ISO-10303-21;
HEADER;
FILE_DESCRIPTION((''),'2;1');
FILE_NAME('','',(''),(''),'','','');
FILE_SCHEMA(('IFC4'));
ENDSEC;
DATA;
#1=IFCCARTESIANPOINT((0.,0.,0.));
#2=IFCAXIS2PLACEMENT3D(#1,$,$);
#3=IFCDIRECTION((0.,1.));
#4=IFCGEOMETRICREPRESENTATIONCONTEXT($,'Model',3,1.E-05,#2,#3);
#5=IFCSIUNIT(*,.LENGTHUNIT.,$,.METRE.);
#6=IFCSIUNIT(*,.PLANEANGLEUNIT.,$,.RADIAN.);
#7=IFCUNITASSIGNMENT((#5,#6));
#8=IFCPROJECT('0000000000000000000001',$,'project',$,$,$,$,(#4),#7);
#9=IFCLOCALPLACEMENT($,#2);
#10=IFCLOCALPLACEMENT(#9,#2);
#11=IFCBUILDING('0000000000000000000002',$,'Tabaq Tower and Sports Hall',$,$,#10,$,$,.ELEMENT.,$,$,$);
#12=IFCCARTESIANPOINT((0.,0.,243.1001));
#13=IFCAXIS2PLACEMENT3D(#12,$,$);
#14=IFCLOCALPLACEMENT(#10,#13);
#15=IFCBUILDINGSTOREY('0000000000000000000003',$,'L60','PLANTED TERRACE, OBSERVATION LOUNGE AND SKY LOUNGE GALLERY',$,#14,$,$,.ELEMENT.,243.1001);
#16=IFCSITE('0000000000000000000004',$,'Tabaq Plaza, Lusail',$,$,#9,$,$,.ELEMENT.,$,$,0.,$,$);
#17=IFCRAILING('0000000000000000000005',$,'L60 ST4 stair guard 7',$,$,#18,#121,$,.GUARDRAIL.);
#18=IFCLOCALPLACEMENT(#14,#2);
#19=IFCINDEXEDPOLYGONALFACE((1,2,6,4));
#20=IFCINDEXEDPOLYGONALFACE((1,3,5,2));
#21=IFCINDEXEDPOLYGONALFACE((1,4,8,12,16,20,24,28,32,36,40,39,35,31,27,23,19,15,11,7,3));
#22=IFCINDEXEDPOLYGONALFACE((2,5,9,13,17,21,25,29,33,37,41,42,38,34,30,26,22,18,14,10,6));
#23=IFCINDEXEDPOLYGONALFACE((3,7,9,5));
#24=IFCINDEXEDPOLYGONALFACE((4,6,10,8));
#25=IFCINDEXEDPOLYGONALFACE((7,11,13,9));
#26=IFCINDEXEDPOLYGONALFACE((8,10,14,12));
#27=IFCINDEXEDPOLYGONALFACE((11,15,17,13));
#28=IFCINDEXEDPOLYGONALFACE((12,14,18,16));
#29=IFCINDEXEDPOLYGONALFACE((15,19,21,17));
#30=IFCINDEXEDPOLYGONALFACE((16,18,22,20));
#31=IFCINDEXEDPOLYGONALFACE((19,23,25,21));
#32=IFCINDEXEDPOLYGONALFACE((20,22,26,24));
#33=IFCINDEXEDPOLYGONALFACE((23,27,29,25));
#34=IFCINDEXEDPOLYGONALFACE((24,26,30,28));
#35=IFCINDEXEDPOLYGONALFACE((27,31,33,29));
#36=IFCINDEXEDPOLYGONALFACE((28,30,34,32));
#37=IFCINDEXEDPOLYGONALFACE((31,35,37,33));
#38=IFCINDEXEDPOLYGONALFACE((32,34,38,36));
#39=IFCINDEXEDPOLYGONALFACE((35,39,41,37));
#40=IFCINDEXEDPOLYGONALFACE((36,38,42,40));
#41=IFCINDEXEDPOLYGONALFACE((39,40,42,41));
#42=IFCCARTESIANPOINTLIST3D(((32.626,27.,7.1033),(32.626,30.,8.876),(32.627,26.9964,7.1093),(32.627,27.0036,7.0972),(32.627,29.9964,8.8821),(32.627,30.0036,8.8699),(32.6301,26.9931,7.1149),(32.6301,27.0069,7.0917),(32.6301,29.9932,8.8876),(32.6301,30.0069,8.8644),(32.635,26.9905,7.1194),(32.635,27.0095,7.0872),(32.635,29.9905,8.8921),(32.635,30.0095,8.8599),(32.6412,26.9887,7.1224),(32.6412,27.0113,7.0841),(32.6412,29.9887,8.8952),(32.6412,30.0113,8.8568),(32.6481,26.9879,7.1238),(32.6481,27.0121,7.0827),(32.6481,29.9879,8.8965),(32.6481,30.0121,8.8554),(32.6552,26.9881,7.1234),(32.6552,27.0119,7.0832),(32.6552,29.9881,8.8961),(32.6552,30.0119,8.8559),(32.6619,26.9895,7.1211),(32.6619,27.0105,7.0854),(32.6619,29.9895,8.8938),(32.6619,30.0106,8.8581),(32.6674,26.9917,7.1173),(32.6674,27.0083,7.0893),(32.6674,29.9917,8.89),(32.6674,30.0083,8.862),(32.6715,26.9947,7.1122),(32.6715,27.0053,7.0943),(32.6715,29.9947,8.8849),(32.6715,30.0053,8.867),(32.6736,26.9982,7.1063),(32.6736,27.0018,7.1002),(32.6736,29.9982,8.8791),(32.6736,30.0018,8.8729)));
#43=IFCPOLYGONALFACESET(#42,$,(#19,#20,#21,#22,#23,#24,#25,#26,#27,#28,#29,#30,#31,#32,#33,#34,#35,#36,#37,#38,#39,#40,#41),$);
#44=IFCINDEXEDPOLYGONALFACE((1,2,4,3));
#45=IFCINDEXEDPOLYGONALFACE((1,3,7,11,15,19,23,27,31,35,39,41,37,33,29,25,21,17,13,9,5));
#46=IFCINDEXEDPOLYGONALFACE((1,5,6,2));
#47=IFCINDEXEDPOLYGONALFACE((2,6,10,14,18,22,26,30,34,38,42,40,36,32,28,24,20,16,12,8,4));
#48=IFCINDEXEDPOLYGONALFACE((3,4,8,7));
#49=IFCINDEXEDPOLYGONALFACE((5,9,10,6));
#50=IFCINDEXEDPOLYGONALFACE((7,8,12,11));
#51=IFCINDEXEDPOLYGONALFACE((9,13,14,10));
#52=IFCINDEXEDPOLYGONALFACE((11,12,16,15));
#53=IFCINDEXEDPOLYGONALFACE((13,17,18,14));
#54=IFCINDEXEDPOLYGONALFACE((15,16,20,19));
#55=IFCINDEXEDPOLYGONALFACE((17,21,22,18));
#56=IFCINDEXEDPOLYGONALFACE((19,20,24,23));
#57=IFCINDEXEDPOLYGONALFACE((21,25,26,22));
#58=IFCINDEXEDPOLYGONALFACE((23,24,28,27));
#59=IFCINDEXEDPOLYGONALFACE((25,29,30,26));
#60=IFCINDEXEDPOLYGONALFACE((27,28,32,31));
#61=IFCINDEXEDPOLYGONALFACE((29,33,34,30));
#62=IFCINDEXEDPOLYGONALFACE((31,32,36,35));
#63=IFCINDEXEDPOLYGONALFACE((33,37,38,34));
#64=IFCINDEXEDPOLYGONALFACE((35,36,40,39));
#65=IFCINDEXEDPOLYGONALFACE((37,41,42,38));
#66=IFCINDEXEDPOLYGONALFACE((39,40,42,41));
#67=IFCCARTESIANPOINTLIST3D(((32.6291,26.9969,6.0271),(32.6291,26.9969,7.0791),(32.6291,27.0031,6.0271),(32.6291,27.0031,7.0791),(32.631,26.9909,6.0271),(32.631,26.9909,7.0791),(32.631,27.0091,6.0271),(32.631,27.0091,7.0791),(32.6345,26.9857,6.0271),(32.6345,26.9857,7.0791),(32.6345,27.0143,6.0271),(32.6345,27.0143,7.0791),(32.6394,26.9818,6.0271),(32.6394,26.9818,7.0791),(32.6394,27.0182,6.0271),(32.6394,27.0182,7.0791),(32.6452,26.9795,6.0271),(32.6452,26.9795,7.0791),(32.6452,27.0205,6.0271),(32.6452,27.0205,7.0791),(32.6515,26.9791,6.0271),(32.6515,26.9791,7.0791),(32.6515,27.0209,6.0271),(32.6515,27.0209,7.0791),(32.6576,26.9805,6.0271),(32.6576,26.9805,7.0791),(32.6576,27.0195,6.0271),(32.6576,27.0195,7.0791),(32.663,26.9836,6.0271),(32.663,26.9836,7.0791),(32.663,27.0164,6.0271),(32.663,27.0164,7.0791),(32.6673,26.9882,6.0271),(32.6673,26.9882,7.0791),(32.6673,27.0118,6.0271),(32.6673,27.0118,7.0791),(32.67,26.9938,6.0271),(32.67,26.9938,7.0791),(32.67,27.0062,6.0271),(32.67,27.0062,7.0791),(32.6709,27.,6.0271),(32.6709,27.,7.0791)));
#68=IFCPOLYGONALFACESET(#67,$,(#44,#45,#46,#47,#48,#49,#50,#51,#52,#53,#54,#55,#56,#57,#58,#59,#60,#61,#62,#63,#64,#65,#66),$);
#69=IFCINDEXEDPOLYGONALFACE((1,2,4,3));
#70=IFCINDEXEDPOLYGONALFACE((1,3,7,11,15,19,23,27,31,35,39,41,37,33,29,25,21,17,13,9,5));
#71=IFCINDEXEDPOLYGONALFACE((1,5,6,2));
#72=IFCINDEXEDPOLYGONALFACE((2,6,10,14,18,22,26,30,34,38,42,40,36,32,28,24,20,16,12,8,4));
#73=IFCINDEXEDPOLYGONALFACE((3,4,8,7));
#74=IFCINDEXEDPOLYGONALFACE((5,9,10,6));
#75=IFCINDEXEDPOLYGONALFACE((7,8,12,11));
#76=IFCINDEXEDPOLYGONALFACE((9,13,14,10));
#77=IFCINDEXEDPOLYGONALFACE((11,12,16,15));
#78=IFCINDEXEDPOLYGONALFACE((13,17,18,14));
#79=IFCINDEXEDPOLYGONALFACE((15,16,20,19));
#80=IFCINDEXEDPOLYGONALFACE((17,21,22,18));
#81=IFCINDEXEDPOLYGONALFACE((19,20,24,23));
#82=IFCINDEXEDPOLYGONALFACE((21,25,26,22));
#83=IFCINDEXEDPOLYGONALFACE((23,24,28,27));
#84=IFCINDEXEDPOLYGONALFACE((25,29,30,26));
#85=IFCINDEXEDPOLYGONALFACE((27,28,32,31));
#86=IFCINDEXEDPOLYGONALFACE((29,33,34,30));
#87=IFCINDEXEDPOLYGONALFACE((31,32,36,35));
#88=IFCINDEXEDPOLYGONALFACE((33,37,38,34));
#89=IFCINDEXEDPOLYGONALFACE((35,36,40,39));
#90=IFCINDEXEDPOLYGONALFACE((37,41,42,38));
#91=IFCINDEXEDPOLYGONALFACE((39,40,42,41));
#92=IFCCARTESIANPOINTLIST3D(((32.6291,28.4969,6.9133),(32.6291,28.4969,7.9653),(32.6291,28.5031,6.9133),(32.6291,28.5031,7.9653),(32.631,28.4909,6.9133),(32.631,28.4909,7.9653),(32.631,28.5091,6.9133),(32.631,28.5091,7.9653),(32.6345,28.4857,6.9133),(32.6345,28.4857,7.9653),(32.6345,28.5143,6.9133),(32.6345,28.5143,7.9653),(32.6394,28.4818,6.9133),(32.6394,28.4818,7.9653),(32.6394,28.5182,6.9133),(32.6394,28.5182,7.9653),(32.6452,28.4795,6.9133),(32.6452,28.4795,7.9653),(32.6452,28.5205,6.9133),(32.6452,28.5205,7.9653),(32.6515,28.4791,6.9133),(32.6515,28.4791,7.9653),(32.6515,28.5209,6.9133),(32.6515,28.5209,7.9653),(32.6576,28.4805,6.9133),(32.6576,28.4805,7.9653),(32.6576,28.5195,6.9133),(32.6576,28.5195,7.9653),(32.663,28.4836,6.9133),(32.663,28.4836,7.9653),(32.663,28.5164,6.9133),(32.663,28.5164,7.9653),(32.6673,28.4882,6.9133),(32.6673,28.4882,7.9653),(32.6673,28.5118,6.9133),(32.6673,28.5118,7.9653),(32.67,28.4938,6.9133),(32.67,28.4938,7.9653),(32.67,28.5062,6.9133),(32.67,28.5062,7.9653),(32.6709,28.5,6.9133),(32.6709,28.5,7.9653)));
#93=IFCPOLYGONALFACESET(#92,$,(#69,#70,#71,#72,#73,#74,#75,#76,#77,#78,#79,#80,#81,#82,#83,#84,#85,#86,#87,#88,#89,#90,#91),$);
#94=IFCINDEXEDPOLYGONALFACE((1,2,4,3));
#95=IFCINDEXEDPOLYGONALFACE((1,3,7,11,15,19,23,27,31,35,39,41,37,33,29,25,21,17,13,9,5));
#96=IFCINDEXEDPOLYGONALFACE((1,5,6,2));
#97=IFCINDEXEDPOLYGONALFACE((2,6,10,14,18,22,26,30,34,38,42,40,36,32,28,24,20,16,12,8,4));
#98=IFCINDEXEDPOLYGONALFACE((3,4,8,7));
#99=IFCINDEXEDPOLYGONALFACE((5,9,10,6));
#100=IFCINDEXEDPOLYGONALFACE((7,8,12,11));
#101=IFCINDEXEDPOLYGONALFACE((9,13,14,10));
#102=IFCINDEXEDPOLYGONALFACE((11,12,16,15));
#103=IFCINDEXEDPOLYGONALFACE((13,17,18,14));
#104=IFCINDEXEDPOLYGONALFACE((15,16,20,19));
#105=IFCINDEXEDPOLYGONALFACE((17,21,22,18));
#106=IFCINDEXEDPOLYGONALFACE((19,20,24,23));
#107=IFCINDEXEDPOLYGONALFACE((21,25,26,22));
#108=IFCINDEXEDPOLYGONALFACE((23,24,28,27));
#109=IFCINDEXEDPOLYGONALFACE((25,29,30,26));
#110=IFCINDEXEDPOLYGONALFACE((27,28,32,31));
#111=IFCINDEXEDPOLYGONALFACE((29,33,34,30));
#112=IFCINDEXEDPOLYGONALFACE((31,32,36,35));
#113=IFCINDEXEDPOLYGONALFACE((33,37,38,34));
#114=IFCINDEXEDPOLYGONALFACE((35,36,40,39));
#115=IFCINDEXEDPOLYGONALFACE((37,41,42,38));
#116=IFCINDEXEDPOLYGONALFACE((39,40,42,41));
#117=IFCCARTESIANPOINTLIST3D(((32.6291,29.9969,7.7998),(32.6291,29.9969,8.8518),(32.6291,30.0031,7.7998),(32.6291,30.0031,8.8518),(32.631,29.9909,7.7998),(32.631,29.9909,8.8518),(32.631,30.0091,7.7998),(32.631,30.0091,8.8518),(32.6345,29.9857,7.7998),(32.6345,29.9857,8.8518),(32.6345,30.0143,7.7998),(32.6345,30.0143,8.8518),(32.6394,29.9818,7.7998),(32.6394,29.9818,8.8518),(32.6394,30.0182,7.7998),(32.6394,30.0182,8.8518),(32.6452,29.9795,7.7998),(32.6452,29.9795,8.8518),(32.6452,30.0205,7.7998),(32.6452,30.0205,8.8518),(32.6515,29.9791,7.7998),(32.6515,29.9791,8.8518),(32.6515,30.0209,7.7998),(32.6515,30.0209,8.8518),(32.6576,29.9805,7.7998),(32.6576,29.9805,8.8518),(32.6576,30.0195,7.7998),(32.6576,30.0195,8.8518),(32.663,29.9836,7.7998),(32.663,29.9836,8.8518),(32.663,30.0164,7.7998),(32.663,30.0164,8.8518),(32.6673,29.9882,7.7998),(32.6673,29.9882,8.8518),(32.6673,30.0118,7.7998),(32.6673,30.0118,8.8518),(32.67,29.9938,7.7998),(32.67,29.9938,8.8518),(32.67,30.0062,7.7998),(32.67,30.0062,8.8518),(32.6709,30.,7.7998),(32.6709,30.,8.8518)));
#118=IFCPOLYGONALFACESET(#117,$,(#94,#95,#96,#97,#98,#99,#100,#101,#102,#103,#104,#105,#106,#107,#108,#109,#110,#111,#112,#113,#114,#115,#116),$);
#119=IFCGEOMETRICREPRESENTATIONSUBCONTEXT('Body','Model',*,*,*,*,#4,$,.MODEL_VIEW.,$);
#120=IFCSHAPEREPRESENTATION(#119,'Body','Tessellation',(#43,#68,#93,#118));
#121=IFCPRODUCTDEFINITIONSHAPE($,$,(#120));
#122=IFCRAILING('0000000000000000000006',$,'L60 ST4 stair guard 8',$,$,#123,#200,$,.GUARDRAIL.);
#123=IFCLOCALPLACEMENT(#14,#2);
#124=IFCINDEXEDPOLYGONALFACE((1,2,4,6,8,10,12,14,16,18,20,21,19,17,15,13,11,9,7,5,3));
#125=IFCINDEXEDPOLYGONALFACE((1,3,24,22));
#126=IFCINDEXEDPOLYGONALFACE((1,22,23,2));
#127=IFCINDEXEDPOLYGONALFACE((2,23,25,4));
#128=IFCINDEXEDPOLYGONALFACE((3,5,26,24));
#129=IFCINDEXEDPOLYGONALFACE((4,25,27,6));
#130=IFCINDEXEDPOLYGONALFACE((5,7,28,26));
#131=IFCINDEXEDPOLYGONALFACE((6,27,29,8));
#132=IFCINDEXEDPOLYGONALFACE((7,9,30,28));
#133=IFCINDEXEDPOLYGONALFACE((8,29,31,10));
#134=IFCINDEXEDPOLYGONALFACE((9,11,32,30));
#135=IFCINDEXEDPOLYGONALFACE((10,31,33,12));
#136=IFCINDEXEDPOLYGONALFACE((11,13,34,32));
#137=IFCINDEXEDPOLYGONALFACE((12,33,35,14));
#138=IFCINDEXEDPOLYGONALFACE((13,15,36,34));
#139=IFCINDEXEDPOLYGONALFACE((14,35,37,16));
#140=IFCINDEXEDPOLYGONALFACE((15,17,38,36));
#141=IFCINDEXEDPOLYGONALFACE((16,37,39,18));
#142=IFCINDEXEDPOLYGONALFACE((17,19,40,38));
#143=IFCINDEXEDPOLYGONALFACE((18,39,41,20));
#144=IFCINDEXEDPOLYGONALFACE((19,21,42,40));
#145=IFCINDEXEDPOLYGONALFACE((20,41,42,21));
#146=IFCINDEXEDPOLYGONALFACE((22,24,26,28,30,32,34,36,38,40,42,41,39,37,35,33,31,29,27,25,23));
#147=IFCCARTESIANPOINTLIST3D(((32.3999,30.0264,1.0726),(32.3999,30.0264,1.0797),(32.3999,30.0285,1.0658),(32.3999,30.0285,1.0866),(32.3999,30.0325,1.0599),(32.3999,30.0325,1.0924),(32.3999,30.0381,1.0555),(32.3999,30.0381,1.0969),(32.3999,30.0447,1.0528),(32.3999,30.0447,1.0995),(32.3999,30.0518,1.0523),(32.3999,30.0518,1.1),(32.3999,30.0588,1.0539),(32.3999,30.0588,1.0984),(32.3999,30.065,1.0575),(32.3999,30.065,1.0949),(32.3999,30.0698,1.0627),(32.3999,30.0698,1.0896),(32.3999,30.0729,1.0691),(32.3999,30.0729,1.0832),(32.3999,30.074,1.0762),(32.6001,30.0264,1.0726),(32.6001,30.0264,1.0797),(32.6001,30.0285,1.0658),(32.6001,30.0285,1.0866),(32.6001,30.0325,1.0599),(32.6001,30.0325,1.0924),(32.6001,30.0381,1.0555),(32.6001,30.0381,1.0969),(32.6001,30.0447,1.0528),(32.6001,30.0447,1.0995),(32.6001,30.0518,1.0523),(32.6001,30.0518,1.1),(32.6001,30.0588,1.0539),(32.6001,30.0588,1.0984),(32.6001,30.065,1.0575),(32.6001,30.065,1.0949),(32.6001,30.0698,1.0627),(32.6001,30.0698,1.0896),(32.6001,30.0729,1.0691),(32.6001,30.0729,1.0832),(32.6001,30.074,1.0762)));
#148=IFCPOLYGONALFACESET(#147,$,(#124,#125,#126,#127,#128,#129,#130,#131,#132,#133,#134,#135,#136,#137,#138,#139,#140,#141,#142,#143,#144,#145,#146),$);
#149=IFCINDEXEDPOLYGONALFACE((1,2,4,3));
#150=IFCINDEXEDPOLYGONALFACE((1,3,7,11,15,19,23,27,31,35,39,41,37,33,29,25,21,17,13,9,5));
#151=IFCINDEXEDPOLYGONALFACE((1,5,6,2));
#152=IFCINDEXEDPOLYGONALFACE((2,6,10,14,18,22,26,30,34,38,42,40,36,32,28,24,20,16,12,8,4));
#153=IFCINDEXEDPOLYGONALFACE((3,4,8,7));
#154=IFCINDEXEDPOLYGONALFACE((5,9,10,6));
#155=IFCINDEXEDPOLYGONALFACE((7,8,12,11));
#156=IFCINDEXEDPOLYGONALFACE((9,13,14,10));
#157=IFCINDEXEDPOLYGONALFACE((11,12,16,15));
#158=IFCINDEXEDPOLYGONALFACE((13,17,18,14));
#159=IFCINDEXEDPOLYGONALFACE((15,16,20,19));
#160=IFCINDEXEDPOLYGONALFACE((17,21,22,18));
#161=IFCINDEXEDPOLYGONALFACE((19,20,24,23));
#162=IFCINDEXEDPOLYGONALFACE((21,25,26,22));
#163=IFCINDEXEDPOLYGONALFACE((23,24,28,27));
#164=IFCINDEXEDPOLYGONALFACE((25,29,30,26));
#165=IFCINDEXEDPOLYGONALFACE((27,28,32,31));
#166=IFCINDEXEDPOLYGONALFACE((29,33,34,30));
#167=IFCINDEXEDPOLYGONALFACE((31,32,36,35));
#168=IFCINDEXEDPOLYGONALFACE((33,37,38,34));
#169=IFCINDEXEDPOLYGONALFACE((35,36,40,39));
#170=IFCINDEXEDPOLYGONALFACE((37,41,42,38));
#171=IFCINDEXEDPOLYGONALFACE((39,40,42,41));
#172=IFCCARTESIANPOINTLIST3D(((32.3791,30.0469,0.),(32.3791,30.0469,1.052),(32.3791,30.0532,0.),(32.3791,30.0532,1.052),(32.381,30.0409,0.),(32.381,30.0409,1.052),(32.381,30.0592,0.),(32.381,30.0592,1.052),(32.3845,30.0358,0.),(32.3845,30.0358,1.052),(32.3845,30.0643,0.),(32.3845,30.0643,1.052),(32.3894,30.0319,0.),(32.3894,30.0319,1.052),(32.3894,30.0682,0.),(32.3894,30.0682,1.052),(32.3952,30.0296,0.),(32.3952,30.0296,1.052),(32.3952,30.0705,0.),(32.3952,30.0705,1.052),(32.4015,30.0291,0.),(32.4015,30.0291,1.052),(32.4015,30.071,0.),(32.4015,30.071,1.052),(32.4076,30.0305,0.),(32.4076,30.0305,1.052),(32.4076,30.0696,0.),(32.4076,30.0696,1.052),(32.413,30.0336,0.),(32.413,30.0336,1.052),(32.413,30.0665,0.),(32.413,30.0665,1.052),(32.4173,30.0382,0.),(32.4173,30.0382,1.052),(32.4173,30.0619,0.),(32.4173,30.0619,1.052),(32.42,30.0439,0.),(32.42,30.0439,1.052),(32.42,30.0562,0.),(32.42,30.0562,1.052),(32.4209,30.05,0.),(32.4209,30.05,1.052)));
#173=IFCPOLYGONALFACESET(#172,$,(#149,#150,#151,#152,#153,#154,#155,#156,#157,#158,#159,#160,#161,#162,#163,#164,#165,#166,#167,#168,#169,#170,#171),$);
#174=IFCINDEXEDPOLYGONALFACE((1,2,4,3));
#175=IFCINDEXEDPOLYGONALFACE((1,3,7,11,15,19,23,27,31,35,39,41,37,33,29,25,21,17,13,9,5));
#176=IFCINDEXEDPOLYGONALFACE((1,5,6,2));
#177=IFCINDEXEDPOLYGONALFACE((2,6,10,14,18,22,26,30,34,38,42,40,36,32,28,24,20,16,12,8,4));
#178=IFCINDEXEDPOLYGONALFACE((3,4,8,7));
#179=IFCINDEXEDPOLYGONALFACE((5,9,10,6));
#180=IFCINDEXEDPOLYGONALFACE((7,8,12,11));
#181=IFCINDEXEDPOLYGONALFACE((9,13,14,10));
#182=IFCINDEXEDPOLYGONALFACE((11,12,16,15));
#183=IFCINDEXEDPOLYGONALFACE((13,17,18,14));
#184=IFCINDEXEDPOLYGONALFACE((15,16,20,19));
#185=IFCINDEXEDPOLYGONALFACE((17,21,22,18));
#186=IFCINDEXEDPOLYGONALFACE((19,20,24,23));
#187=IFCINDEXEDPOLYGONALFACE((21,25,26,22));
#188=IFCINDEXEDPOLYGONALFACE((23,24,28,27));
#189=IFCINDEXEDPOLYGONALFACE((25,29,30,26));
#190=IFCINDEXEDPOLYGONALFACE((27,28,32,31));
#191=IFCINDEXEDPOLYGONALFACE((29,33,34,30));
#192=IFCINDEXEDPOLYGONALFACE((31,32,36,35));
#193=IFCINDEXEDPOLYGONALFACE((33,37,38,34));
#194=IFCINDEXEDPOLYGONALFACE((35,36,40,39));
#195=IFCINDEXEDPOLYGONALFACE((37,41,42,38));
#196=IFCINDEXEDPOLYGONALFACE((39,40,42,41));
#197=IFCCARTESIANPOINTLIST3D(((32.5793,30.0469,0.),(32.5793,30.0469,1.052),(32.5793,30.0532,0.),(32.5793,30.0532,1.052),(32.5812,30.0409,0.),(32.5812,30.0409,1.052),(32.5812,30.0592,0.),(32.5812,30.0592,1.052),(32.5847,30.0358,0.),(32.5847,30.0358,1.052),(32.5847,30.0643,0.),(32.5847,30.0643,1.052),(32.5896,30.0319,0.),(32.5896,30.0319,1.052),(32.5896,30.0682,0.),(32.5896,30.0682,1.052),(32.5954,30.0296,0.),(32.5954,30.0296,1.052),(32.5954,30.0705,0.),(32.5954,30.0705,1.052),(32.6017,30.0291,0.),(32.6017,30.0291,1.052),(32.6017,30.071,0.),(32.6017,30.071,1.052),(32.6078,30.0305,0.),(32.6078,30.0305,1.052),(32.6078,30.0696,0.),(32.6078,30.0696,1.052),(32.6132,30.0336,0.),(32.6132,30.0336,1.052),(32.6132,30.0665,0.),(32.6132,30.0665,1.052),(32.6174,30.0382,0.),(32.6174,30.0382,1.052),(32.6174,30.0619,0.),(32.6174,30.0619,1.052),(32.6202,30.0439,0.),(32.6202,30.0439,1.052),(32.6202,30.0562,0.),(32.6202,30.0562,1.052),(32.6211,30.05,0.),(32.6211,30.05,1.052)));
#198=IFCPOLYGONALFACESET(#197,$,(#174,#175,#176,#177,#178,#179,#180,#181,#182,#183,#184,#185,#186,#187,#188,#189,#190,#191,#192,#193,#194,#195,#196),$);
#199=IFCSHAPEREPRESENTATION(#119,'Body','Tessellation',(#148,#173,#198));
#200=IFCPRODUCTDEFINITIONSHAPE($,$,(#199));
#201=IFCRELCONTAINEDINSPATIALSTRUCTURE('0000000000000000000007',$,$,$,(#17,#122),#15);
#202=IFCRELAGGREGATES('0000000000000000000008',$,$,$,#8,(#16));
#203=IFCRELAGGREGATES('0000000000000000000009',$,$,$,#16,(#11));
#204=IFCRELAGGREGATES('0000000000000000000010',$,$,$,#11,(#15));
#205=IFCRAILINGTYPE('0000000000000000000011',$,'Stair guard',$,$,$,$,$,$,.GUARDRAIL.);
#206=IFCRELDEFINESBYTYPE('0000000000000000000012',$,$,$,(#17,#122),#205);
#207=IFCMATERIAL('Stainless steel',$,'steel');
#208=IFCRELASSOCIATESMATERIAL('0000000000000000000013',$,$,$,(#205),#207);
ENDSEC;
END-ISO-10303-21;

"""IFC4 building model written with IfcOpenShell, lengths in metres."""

from ifc_helpers import new_model, si_unit, direction, frame, origin, origin_2d, place, context, subcontext, project, spatial, circle, extrude, material, type_object, element, save


model = new_model("IFC4")

# Units and contexts
model_context = context("Model", 3, precision=1e-05, world=origin(), true_north=direction((0.0, 1.0)))
body_context = subcontext(model_context, "Body", "Model", "MODEL_VIEW")
ifc_project = project(units=[si_unit("LENGTHUNIT", "METRE"), si_unit("PLANEANGLEUNIT", "RADIAN")], contexts=[model_context])

# Site, building, storey
site_placement = place(None, origin())
site = spatial("IfcSite", under=ifc_project, at=site_placement, Name="Tabaq Plaza, Lusail", CompositionType="ELEMENT", RefElevation=0.0)
building_placement = place(site_placement, origin())
building = spatial("IfcBuilding", under=site, at=building_placement, Name="Tabaq Tower and Sports Hall", CompositionType="ELEMENT")
storey_placement = place(building_placement, frame((0.0, 0.0, 243.1001)))
storey = spatial("IfcBuildingStorey", under=building, at=storey_placement, Name="L60", Description="PLANTED TERRACE, OBSERVATION LOUNGE AND SKY LOUNGE GALLERY", CompositionType="ELEMENT", Elevation=243.1001)

# Railings
ifc_material_1 = material(Name="Stainless steel", Category="steel")
railing_type_1 = type_object("IfcRailingType", Name="Stair guard", PredefinedType="GUARDRAIL", material=ifc_material_1)
railing_1_placement = place(storey_placement, frame((32.6499, 27.0, 6.0271)))
element("IfcRailing", 1, at=railing_1_placement, inside=storey, type_object=railing_type_1, Name="L60 ST4 stair guard 7", PredefinedType="GUARDRAIL", context=body_context, shape_type="SweptSolid", body=[
    extrude(circle(Radius=0.0239, at=origin_2d()), frame((0.0, 0.0, 1.0762), z_axis=(0.0, 0.860929, 0.508725), x_axis=(-1.0, 0.0, 0.0)), (0.0, 0.0, 1.0), 3.4846),
    extrude(circle(Radius=0.021, at=origin_2d()), origin(), (0.0, 0.0, 1.0), 1.052),
    extrude(circle(Radius=0.021, at=origin_2d()), frame((0.0, 1.5, 0.8862)), (0.0, 0.0, 1.0), 1.052),
    extrude(circle(Radius=0.021, at=origin_2d()), frame((0.0, 3.0, 1.7727)), (0.0, 0.0, 1.0), 1.052),
])
railing_2_placement = place(storey_placement, frame((32.3999, 30.05, 0.0)))
element("IfcRailing", 2, at=railing_2_placement, inside=storey, type_object=railing_type_1, Name="L60 ST4 stair guard 8", PredefinedType="GUARDRAIL", context=body_context, shape_type="SweptSolid", body=[
    extrude(circle(Radius=0.0239, at=origin_2d()), frame((0.0, 0.0, 1.0762), z_axis=(1.0, 0.0, 0.0), x_axis=(0.0, 1.0, 0.0)), (0.0, 0.0, 1.0), 0.2002),
    extrude(circle(Radius=0.021, at=origin_2d()), origin(), (0.0, 0.0, 1.0), 1.052),
    extrude(circle(Radius=0.021, at=origin_2d()), frame((0.2002, 0.0, 0.0)), (0.0, 0.0, 1.0), 1.052),
])

save(model, "model.ifc")
